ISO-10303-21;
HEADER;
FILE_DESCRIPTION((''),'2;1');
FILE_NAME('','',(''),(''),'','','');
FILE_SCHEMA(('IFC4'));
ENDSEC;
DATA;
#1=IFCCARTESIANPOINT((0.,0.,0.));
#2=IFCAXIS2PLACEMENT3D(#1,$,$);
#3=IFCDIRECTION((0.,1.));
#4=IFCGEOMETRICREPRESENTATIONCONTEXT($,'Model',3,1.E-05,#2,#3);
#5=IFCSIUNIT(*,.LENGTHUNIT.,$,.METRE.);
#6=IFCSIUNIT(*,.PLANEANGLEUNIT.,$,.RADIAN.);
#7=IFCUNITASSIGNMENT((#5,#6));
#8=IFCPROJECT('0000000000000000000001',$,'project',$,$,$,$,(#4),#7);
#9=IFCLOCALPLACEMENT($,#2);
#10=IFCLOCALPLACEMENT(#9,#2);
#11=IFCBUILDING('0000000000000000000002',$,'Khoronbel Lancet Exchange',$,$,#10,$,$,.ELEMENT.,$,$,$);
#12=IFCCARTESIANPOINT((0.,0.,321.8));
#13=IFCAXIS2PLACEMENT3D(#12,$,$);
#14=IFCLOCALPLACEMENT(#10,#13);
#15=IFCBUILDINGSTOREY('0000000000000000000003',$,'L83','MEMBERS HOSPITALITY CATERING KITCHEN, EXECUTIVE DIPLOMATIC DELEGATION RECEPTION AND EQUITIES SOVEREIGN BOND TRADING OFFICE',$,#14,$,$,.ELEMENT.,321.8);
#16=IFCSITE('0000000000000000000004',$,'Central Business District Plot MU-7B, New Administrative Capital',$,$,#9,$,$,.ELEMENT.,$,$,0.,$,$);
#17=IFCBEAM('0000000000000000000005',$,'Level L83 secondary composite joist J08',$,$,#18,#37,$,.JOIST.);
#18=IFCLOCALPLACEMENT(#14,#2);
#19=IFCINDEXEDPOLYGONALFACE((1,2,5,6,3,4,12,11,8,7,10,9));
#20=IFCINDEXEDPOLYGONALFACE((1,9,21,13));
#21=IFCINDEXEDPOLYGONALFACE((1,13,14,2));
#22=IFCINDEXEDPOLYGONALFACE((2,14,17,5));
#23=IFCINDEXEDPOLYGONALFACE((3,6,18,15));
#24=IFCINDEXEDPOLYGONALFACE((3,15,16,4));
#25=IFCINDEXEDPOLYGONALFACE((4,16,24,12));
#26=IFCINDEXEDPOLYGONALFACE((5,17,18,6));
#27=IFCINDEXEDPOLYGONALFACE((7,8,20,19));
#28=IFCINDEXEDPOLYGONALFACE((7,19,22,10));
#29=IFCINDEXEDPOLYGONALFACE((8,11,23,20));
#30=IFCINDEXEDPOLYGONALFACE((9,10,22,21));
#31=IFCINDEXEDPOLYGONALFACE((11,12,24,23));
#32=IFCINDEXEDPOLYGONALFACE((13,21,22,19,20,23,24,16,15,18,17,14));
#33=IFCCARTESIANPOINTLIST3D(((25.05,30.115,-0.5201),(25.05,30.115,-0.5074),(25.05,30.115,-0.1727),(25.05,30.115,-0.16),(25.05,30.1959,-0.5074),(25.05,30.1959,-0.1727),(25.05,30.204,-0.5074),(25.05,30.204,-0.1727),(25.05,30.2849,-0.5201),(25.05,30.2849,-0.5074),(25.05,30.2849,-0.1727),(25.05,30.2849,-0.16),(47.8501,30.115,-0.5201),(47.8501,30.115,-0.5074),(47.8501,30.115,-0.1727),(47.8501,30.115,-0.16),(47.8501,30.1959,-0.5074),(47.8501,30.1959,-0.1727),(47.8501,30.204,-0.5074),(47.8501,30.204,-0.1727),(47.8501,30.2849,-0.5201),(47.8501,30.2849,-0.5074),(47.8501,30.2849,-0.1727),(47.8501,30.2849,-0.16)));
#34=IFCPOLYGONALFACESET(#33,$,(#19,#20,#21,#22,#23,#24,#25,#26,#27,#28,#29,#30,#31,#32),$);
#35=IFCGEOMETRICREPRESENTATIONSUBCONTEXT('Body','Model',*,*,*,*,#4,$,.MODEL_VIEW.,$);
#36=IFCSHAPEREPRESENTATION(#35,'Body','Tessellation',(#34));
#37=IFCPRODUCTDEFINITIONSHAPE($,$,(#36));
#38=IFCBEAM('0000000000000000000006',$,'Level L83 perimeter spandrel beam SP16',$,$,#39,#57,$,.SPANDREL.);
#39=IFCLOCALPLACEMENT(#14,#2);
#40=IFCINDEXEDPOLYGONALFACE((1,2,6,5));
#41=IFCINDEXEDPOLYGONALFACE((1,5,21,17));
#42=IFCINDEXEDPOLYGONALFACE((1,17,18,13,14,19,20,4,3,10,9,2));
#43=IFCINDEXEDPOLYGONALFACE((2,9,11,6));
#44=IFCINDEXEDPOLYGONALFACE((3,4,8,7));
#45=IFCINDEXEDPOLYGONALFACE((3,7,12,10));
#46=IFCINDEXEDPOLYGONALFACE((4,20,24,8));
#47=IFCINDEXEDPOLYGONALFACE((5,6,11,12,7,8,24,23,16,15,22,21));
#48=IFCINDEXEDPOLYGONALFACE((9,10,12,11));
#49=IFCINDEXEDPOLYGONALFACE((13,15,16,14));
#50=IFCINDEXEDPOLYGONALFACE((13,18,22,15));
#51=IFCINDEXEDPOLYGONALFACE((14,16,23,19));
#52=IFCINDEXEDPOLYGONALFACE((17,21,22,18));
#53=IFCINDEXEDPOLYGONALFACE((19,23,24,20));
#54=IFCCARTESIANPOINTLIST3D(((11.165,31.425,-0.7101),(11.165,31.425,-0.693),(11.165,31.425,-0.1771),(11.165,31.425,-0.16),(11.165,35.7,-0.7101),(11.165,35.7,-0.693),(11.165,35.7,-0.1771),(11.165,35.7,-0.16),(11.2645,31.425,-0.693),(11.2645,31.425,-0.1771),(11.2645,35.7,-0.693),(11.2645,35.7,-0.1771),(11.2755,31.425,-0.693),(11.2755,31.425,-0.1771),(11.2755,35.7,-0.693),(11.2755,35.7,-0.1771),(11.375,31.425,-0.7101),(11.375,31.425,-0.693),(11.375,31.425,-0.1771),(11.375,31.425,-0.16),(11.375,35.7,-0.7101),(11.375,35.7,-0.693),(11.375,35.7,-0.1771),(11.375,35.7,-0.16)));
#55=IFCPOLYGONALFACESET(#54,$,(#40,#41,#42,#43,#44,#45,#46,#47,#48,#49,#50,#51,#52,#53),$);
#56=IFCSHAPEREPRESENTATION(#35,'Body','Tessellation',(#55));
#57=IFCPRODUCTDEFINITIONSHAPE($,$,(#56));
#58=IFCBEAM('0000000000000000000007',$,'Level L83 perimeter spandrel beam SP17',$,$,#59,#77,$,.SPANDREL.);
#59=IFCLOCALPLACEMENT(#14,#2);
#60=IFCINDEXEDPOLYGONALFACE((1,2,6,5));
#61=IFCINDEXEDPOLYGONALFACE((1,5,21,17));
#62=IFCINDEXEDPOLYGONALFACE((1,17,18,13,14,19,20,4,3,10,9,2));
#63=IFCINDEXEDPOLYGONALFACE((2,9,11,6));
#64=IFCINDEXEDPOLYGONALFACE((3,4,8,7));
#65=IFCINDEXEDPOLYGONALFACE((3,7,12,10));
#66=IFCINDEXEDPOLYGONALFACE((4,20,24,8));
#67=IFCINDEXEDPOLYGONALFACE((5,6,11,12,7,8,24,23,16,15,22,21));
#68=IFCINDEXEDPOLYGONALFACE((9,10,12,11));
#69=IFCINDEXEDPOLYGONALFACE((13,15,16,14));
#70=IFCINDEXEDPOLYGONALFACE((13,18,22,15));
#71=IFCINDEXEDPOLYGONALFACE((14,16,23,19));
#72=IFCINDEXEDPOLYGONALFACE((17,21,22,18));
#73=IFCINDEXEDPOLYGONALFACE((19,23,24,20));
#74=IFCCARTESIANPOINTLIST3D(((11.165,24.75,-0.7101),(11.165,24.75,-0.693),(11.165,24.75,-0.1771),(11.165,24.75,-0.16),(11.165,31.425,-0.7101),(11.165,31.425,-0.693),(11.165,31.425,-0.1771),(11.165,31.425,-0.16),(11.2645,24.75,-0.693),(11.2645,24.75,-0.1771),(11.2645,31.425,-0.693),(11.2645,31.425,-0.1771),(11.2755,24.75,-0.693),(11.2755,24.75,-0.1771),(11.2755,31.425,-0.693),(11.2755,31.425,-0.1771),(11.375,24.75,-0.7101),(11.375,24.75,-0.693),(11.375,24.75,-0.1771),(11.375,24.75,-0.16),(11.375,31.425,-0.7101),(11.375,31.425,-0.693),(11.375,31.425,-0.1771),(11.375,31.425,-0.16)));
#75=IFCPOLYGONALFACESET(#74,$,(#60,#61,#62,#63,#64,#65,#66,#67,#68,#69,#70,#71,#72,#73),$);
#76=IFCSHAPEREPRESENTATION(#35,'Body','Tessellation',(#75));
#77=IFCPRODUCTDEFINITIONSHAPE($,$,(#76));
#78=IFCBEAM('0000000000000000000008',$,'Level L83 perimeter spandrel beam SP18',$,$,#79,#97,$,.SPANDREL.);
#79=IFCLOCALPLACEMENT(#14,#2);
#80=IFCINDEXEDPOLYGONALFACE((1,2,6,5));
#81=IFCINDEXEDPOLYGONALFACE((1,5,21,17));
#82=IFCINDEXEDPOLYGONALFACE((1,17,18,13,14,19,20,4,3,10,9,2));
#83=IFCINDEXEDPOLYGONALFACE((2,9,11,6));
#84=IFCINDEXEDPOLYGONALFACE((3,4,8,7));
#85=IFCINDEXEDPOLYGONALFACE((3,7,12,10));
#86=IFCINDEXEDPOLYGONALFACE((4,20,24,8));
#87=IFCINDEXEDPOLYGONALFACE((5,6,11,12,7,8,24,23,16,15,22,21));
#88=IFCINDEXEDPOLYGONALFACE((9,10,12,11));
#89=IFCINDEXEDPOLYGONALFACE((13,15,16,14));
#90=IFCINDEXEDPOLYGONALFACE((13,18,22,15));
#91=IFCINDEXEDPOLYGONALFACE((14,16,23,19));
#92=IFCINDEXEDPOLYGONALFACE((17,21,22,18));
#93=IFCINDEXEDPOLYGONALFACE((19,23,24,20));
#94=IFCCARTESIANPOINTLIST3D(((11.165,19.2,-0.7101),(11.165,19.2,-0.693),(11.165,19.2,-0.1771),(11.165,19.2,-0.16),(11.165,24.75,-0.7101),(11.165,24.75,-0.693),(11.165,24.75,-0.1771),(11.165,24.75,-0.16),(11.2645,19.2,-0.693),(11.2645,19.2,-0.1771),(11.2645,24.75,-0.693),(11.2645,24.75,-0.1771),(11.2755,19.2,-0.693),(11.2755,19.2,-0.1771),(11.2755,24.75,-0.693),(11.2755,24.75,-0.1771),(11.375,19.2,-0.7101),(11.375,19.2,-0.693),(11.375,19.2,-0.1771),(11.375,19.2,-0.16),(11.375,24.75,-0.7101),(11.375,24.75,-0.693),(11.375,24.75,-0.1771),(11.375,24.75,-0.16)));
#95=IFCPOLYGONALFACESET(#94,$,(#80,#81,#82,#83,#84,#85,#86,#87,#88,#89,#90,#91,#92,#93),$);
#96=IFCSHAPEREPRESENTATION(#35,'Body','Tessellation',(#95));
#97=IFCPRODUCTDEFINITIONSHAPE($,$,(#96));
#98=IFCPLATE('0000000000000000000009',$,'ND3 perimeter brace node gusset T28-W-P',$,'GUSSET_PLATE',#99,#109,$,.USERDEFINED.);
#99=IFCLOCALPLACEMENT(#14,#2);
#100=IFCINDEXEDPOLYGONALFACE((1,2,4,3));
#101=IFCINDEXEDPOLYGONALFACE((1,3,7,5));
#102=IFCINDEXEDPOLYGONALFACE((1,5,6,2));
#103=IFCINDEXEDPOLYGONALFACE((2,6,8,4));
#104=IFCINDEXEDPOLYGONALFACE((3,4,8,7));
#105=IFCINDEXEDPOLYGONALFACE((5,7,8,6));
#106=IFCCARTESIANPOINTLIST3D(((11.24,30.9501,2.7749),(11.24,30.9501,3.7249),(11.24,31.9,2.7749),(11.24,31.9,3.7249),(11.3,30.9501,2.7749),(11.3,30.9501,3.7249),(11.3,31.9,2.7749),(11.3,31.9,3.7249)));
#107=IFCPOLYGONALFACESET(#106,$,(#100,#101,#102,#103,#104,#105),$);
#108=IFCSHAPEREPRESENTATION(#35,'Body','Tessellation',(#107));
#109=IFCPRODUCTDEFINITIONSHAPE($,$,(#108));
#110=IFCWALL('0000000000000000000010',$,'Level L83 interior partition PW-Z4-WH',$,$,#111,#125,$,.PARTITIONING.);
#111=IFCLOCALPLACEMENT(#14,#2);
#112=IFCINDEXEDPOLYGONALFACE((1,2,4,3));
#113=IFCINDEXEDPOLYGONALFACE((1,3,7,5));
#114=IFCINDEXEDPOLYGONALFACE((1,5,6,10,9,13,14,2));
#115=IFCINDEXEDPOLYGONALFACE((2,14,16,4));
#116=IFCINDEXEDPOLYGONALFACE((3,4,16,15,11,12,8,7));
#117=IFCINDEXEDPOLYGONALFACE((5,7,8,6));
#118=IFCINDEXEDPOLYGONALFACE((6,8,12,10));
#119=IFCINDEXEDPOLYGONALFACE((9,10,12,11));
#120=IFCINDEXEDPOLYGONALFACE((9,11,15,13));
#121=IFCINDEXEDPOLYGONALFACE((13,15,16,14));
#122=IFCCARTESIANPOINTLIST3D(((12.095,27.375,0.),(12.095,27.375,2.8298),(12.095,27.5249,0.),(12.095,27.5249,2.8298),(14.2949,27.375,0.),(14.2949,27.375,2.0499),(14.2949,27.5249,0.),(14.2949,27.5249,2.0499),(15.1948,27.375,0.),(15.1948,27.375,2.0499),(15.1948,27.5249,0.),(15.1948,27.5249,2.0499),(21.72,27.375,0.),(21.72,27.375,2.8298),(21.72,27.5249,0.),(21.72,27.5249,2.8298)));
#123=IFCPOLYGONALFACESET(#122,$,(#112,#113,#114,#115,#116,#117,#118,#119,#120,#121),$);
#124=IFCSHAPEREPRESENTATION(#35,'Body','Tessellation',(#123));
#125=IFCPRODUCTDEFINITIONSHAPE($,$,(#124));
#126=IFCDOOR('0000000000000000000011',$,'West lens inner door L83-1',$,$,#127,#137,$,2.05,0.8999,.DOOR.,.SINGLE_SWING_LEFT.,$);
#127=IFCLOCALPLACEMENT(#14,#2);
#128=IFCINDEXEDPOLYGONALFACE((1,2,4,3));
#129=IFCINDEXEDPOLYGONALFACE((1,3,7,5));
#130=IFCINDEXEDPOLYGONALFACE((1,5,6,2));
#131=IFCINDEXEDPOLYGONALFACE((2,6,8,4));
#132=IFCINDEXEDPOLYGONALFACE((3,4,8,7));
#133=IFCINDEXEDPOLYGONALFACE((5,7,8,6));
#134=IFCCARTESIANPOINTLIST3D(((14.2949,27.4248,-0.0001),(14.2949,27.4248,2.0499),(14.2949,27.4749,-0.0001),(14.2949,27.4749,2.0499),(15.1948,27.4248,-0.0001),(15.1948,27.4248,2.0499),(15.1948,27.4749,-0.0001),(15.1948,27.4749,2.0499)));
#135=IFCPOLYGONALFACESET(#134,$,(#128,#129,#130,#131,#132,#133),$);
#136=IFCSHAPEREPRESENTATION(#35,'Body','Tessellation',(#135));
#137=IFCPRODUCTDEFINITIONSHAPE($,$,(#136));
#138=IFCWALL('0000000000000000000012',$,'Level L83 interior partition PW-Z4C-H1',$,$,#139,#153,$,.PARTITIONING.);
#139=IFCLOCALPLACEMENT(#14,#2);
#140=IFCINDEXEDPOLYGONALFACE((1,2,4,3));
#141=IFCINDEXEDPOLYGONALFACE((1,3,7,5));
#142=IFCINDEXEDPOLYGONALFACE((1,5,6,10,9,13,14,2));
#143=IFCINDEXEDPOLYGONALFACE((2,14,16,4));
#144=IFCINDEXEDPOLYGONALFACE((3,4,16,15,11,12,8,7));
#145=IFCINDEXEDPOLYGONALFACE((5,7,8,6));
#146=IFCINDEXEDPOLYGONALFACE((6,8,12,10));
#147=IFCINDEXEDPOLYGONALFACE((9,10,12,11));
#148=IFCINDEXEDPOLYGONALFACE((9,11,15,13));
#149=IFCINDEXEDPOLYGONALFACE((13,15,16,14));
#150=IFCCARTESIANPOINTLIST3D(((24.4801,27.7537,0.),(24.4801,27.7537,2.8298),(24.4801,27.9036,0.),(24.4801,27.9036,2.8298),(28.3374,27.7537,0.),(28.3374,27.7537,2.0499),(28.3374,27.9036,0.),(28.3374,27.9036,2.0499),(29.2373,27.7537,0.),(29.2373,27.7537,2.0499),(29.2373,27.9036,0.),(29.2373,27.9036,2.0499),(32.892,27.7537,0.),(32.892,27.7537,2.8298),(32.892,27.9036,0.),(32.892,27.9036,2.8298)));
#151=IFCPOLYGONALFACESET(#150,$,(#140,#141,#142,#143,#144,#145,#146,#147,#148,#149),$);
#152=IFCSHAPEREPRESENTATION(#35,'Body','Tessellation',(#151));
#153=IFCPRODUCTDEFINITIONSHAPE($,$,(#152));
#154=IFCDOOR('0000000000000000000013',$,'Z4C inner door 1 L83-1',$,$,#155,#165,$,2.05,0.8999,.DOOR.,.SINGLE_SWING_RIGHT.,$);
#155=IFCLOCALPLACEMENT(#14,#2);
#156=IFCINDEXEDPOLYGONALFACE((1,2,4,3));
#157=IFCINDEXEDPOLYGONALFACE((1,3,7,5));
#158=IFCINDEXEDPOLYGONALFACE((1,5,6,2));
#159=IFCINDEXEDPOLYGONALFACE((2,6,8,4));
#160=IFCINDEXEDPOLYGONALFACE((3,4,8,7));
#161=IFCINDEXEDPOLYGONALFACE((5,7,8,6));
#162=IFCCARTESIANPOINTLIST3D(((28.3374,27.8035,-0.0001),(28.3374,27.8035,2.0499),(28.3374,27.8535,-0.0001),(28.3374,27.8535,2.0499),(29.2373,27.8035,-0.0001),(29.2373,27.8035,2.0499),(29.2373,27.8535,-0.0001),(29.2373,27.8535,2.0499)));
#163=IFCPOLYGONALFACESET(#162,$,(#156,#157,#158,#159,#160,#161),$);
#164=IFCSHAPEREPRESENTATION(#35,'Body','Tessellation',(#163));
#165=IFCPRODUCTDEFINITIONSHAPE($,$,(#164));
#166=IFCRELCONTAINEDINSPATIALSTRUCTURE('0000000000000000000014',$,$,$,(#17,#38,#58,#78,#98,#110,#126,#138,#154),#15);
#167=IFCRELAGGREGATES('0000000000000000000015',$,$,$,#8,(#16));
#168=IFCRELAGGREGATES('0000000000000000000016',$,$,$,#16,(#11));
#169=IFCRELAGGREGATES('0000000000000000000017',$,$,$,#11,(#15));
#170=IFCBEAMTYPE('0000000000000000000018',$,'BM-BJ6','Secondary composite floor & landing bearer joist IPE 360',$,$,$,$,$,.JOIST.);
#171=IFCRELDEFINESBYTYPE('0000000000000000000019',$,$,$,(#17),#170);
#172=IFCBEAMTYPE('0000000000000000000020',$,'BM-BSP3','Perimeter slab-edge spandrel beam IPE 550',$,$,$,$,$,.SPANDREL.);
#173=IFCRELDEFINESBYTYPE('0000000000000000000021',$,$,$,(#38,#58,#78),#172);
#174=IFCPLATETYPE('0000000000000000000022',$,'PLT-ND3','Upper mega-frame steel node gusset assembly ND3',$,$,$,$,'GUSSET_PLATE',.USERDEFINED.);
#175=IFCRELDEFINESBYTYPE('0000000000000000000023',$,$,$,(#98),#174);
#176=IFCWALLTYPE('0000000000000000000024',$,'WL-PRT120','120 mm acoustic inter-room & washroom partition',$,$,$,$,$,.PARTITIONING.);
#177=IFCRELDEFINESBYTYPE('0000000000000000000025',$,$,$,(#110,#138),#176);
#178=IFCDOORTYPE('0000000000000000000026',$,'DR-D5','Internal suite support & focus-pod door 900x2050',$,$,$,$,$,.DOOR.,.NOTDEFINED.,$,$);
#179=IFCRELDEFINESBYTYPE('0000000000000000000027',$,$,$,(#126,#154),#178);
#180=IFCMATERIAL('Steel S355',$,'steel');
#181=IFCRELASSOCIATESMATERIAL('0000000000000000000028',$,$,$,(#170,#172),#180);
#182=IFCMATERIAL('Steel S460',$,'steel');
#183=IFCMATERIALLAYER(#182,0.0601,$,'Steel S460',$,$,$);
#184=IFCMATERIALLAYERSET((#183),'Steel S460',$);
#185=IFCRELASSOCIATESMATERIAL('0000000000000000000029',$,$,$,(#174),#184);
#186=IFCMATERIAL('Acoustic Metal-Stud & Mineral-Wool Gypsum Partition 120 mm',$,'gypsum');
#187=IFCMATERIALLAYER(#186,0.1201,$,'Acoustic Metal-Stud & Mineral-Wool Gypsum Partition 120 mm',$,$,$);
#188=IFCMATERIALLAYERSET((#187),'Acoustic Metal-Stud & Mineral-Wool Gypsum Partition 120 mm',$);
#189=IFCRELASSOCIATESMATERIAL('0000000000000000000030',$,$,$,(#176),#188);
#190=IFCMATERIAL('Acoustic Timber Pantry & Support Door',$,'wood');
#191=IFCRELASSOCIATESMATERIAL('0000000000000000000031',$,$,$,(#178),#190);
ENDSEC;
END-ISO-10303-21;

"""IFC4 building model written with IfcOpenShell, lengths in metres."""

from ifc_helpers import new_model, si_unit, direction, frame, frame_2d, origin, origin_2d, place, context, subcontext, project, spatial, rectangle, i_section, extrude, material, layer, layer_set, material_profile, profile_set, type_object, element, fill, save


model = new_model("IFC4")

# Units and contexts
model_context = context("Model", 3, precision=1e-05, world=origin(), true_north=direction((0.0, 1.0)))
body_context = subcontext(model_context, "Body", "Model", "MODEL_VIEW")
ifc_project = project(units=[si_unit("LENGTHUNIT", "METRE"), si_unit("PLANEANGLEUNIT", "RADIAN")], contexts=[model_context])

# Site, building, storey
site_placement = place(None, origin())
site = spatial("IfcSite", under=ifc_project, at=site_placement, Name="Central Business District Plot MU-7B, New Administrative Capital", CompositionType="ELEMENT", RefElevation=0.0)
building_placement = place(site_placement, origin())
building = spatial("IfcBuilding", under=site, at=building_placement, Name="Khoronbel Lancet Exchange", CompositionType="ELEMENT")
storey_placement = place(building_placement, frame((0.0, 0.0, 321.8)))
storey = spatial("IfcBuildingStorey", under=building, at=storey_placement, Name="L83", Description="MEMBERS HOSPITALITY CATERING KITCHEN, EXECUTIVE DIPLOMATIC DELEGATION RECEPTION AND EQUITIES SOVEREIGN BOND TRADING OFFICE", CompositionType="ELEMENT", Elevation=321.8)

# Shared definitions
ifc_material_1 = material(Name="Steel S355", Category="steel")

# Beams
ifc_material_profile_1 = material_profile(ifc_material_1, i_section(OverallWidth=0.1699, OverallDepth=0.3601, WebThickness=0.0081, FlangeThickness=0.0127, at=origin_2d()), Name="IPE 360")
ifc_profile_set_1 = profile_set([ifc_material_profile_1], Name="Steel S355")
beam_type_1 = type_object("IfcBeamType", Name="BM-BJ6", Description="Secondary composite floor & landing bearer joist IPE 360", PredefinedType="JOIST", material=ifc_profile_set_1)
beam_1_placement = place(storey_placement, frame((25.05, 30.2, -0.3401), z_axis=(1.0, 0.0, 0.0), x_axis=(0.0, 1.0, 0.0)))
element("IfcBeam", 1, at=beam_1_placement, inside=storey, type_object=beam_type_1, Name="Level L83 secondary composite joist J08", PredefinedType="JOIST", context=body_context, shape_type="SweptSolid", body=[
    extrude(i_section(OverallWidth=0.1699, OverallDepth=0.3601, WebThickness=0.0081, FlangeThickness=0.0127, at=origin_2d()), origin(), (0.0, 0.0, 1.0), 22.8),
])
ifc_material_profile_2 = material_profile(ifc_material_1, i_section(OverallWidth=0.21, OverallDepth=0.55, WebThickness=0.011, FlangeThickness=0.0171, at=origin_2d()), Name="IPE 550")
ifc_profile_set_2 = profile_set([ifc_material_profile_2], Name="Steel S355")
beam_type_2 = type_object("IfcBeamType", Name="BM-BSP3", Description="Perimeter slab-edge spandrel beam IPE 550", PredefinedType="SPANDREL", material=ifc_profile_set_2)
beam_2_placement = place(storey_placement, frame((11.27, 35.7, -0.4351), z_axis=(0.0, -1.0, 0.0), x_axis=(1.0, 0.0, 0.0)))
element("IfcBeam", 2, at=beam_2_placement, inside=storey, type_object=beam_type_2, Name="Level L83 perimeter spandrel beam SP16", PredefinedType="SPANDREL", context=body_context, shape_type="SweptSolid", body=[
    extrude(i_section(OverallWidth=0.21, OverallDepth=0.55, WebThickness=0.011, FlangeThickness=0.0171, at=origin_2d()), origin(), (0.0, 0.0, 1.0), 4.2749),
])
beam_3_placement = place(storey_placement, frame((11.27, 31.425, -0.4351), z_axis=(0.0, -1.0, 0.0), x_axis=(1.0, 0.0, 0.0)))
element("IfcBeam", 3, at=beam_3_placement, inside=storey, type_object=beam_type_2, Name="Level L83 perimeter spandrel beam SP17", PredefinedType="SPANDREL", context=body_context, shape_type="SweptSolid", body=[
    extrude(i_section(OverallWidth=0.21, OverallDepth=0.55, WebThickness=0.011, FlangeThickness=0.0171, at=origin_2d()), origin(), (0.0, 0.0, 1.0), 6.675),
])
beam_4_placement = place(storey_placement, frame((11.27, 24.75, -0.4351), z_axis=(0.0, -1.0, 0.0), x_axis=(1.0, 0.0, 0.0)))
element("IfcBeam", 4, at=beam_4_placement, inside=storey, type_object=beam_type_2, Name="Level L83 perimeter spandrel beam SP18", PredefinedType="SPANDREL", context=body_context, shape_type="SweptSolid", body=[
    extrude(i_section(OverallWidth=0.21, OverallDepth=0.55, WebThickness=0.011, FlangeThickness=0.0171, at=origin_2d()), origin(), (0.0, 0.0, 1.0), 5.55),
])

# Plate
ifc_material_2 = material(Name="Steel S460", Category="steel")
ifc_layer_1 = layer(ifc_material_2, 0.0601, Name="Steel S460")
ifc_layer_set_1 = layer_set([ifc_layer_1], Name="Steel S460")
plate_type = type_object("IfcPlateType", Name="PLT-ND3", Description="Upper mega-frame steel node gusset assembly ND3", ElementType="GUSSET_PLATE", PredefinedType="USERDEFINED", material=ifc_layer_set_1)
plate_placement = place(storey_placement, frame((11.27, 31.425, 2.7749), z_axis=(0.0, 0.0, 1.0), x_axis=(0.0, 1.0, 0.0)))
element("IfcPlate", 5, at=plate_placement, inside=storey, type_object=plate_type, Name="ND3 perimeter brace node gusset T28-W-P", ObjectType="GUSSET_PLATE", PredefinedType="USERDEFINED", context=body_context, shape_type="SweptSolid", body=[
    extrude(rectangle(XDim=0.95, YDim=0.0601, at=origin_2d()), origin(), (0.0, 0.0, 1.0), 0.95),
])

# Walls, openings, doors
ifc_material_3 = material(Name="Acoustic Metal-Stud & Mineral-Wool Gypsum Partition 120 mm", Category="gypsum")
ifc_layer_2 = layer(ifc_material_3, 0.1201, Name="Acoustic Metal-Stud & Mineral-Wool Gypsum Partition 120 mm")
ifc_layer_set_2 = layer_set([ifc_layer_2], Name="Acoustic Metal-Stud & Mineral-Wool Gypsum Partition 120 mm")
wall_type_1 = type_object("IfcWallType", Name="WL-PRT120", Description="120 mm acoustic inter-room & washroom partition", PredefinedType="PARTITIONING", material=ifc_layer_set_2)
wall_1_placement = place(storey_placement, frame((12.095, 27.45, 0.0), z_axis=(0.0, 0.0, 1.0), x_axis=(1.0, 0.0, 0.0)))
wall_1 = element("IfcWall", 6, at=wall_1_placement, inside=storey, type_object=wall_type_1, Name="Level L83 interior partition PW-Z4-WH", PredefinedType="PARTITIONING", context=body_context, shape_type="SweptSolid", body=[
    extrude(rectangle(XDim=9.625, YDim=0.1499, at=frame_2d((4.8125, 0.0))), origin(), (0.0, 0.0, 1.0), 2.8298),
])
opening_1_placement = place(wall_1_placement, frame((2.2, 0.0, 0.0)))
opening_1 = element("IfcOpeningElement", 7, at=opening_1_placement, cuts=wall_1, PredefinedType="OPENING", context=body_context, shape_type="SweptSolid", body=[
    extrude(rectangle(XDim=0.8999, YDim=2.05, at=frame_2d((0.45, 1.0249))), frame((0.0, 0.085, 0.0), z_axis=(0.0, -1.0, 0.0), x_axis=(1.0, 0.0, 0.0)), (0.0, 0.0, 1.0), 0.1699),
])
ifc_material_4 = material(Name="Acoustic Timber Pantry & Support Door", Category="wood")
door_type_1 = type_object("IfcDoorType", Name="DR-D5", Description="Internal suite support & focus-pod door 900x2050", OperationType="NOTDEFINED", PredefinedType="DOOR", material=ifc_material_4)
door_1_placement = place(opening_1_placement, origin())
door_1 = element("IfcDoor", 8, at=door_1_placement, inside=storey, type_object=door_type_1, Name="West lens inner door L83-1", OperationType="SINGLE_SWING_LEFT", OverallHeight=2.05, OverallWidth=0.8999, PredefinedType="DOOR", context=body_context, shape_type="SweptSolid", body=[
    extrude(rectangle(XDim=0.8999, YDim=2.05, at=frame_2d((0.45, 1.0249))), frame((0.0, 0.0249, 0.0), z_axis=(0.0, -1.0, 0.0), x_axis=(1.0, 0.0, 0.0)), (0.0, 0.0, 1.0), 0.05),
])
fill(opening_1, door_1)
wall_2_placement = place(storey_placement, frame((24.48, 27.8286, 0.0), z_axis=(0.0, 0.0, 1.0), x_axis=(1.0, 0.0, 0.0)))
wall_2 = element("IfcWall", 9, at=wall_2_placement, inside=storey, type_object=wall_type_1, Name="Level L83 interior partition PW-Z4C-H1", PredefinedType="PARTITIONING", context=body_context, shape_type="SweptSolid", body=[
    extrude(rectangle(XDim=8.4119, YDim=0.1499, at=frame_2d((4.2061, 0.0))), origin(), (0.0, 0.0, 1.0), 2.8298),
])
opening_2_placement = place(wall_2_placement, frame((3.8574, 0.0, 0.0)))
opening_2 = element("IfcOpeningElement", 10, at=opening_2_placement, cuts=wall_2, PredefinedType="OPENING", context=body_context, shape_type="SweptSolid", body=[
    extrude(rectangle(XDim=0.8999, YDim=2.05, at=frame_2d((0.45, 1.0249))), frame((0.0, 0.085, 0.0), z_axis=(0.0, -1.0, 0.0), x_axis=(1.0, 0.0, 0.0)), (0.0, 0.0, 1.0), 0.1699),
])
door_2_placement = place(opening_2_placement, origin())
door_2 = element("IfcDoor", 11, at=door_2_placement, inside=storey, type_object=door_type_1, Name="Z4C inner door 1 L83-1", OperationType="SINGLE_SWING_RIGHT", OverallHeight=2.05, OverallWidth=0.8999, PredefinedType="DOOR", context=body_context, shape_type="SweptSolid", body=[
    extrude(rectangle(XDim=0.8999, YDim=2.05, at=frame_2d((0.45, 1.0249))), frame((0.0, 0.0249, 0.0), z_axis=(0.0, -1.0, 0.0), x_axis=(1.0, 0.0, 0.0)), (0.0, 0.0, 1.0), 0.05),
])
fill(opening_2, door_2)

save(model, "model.ifc")
